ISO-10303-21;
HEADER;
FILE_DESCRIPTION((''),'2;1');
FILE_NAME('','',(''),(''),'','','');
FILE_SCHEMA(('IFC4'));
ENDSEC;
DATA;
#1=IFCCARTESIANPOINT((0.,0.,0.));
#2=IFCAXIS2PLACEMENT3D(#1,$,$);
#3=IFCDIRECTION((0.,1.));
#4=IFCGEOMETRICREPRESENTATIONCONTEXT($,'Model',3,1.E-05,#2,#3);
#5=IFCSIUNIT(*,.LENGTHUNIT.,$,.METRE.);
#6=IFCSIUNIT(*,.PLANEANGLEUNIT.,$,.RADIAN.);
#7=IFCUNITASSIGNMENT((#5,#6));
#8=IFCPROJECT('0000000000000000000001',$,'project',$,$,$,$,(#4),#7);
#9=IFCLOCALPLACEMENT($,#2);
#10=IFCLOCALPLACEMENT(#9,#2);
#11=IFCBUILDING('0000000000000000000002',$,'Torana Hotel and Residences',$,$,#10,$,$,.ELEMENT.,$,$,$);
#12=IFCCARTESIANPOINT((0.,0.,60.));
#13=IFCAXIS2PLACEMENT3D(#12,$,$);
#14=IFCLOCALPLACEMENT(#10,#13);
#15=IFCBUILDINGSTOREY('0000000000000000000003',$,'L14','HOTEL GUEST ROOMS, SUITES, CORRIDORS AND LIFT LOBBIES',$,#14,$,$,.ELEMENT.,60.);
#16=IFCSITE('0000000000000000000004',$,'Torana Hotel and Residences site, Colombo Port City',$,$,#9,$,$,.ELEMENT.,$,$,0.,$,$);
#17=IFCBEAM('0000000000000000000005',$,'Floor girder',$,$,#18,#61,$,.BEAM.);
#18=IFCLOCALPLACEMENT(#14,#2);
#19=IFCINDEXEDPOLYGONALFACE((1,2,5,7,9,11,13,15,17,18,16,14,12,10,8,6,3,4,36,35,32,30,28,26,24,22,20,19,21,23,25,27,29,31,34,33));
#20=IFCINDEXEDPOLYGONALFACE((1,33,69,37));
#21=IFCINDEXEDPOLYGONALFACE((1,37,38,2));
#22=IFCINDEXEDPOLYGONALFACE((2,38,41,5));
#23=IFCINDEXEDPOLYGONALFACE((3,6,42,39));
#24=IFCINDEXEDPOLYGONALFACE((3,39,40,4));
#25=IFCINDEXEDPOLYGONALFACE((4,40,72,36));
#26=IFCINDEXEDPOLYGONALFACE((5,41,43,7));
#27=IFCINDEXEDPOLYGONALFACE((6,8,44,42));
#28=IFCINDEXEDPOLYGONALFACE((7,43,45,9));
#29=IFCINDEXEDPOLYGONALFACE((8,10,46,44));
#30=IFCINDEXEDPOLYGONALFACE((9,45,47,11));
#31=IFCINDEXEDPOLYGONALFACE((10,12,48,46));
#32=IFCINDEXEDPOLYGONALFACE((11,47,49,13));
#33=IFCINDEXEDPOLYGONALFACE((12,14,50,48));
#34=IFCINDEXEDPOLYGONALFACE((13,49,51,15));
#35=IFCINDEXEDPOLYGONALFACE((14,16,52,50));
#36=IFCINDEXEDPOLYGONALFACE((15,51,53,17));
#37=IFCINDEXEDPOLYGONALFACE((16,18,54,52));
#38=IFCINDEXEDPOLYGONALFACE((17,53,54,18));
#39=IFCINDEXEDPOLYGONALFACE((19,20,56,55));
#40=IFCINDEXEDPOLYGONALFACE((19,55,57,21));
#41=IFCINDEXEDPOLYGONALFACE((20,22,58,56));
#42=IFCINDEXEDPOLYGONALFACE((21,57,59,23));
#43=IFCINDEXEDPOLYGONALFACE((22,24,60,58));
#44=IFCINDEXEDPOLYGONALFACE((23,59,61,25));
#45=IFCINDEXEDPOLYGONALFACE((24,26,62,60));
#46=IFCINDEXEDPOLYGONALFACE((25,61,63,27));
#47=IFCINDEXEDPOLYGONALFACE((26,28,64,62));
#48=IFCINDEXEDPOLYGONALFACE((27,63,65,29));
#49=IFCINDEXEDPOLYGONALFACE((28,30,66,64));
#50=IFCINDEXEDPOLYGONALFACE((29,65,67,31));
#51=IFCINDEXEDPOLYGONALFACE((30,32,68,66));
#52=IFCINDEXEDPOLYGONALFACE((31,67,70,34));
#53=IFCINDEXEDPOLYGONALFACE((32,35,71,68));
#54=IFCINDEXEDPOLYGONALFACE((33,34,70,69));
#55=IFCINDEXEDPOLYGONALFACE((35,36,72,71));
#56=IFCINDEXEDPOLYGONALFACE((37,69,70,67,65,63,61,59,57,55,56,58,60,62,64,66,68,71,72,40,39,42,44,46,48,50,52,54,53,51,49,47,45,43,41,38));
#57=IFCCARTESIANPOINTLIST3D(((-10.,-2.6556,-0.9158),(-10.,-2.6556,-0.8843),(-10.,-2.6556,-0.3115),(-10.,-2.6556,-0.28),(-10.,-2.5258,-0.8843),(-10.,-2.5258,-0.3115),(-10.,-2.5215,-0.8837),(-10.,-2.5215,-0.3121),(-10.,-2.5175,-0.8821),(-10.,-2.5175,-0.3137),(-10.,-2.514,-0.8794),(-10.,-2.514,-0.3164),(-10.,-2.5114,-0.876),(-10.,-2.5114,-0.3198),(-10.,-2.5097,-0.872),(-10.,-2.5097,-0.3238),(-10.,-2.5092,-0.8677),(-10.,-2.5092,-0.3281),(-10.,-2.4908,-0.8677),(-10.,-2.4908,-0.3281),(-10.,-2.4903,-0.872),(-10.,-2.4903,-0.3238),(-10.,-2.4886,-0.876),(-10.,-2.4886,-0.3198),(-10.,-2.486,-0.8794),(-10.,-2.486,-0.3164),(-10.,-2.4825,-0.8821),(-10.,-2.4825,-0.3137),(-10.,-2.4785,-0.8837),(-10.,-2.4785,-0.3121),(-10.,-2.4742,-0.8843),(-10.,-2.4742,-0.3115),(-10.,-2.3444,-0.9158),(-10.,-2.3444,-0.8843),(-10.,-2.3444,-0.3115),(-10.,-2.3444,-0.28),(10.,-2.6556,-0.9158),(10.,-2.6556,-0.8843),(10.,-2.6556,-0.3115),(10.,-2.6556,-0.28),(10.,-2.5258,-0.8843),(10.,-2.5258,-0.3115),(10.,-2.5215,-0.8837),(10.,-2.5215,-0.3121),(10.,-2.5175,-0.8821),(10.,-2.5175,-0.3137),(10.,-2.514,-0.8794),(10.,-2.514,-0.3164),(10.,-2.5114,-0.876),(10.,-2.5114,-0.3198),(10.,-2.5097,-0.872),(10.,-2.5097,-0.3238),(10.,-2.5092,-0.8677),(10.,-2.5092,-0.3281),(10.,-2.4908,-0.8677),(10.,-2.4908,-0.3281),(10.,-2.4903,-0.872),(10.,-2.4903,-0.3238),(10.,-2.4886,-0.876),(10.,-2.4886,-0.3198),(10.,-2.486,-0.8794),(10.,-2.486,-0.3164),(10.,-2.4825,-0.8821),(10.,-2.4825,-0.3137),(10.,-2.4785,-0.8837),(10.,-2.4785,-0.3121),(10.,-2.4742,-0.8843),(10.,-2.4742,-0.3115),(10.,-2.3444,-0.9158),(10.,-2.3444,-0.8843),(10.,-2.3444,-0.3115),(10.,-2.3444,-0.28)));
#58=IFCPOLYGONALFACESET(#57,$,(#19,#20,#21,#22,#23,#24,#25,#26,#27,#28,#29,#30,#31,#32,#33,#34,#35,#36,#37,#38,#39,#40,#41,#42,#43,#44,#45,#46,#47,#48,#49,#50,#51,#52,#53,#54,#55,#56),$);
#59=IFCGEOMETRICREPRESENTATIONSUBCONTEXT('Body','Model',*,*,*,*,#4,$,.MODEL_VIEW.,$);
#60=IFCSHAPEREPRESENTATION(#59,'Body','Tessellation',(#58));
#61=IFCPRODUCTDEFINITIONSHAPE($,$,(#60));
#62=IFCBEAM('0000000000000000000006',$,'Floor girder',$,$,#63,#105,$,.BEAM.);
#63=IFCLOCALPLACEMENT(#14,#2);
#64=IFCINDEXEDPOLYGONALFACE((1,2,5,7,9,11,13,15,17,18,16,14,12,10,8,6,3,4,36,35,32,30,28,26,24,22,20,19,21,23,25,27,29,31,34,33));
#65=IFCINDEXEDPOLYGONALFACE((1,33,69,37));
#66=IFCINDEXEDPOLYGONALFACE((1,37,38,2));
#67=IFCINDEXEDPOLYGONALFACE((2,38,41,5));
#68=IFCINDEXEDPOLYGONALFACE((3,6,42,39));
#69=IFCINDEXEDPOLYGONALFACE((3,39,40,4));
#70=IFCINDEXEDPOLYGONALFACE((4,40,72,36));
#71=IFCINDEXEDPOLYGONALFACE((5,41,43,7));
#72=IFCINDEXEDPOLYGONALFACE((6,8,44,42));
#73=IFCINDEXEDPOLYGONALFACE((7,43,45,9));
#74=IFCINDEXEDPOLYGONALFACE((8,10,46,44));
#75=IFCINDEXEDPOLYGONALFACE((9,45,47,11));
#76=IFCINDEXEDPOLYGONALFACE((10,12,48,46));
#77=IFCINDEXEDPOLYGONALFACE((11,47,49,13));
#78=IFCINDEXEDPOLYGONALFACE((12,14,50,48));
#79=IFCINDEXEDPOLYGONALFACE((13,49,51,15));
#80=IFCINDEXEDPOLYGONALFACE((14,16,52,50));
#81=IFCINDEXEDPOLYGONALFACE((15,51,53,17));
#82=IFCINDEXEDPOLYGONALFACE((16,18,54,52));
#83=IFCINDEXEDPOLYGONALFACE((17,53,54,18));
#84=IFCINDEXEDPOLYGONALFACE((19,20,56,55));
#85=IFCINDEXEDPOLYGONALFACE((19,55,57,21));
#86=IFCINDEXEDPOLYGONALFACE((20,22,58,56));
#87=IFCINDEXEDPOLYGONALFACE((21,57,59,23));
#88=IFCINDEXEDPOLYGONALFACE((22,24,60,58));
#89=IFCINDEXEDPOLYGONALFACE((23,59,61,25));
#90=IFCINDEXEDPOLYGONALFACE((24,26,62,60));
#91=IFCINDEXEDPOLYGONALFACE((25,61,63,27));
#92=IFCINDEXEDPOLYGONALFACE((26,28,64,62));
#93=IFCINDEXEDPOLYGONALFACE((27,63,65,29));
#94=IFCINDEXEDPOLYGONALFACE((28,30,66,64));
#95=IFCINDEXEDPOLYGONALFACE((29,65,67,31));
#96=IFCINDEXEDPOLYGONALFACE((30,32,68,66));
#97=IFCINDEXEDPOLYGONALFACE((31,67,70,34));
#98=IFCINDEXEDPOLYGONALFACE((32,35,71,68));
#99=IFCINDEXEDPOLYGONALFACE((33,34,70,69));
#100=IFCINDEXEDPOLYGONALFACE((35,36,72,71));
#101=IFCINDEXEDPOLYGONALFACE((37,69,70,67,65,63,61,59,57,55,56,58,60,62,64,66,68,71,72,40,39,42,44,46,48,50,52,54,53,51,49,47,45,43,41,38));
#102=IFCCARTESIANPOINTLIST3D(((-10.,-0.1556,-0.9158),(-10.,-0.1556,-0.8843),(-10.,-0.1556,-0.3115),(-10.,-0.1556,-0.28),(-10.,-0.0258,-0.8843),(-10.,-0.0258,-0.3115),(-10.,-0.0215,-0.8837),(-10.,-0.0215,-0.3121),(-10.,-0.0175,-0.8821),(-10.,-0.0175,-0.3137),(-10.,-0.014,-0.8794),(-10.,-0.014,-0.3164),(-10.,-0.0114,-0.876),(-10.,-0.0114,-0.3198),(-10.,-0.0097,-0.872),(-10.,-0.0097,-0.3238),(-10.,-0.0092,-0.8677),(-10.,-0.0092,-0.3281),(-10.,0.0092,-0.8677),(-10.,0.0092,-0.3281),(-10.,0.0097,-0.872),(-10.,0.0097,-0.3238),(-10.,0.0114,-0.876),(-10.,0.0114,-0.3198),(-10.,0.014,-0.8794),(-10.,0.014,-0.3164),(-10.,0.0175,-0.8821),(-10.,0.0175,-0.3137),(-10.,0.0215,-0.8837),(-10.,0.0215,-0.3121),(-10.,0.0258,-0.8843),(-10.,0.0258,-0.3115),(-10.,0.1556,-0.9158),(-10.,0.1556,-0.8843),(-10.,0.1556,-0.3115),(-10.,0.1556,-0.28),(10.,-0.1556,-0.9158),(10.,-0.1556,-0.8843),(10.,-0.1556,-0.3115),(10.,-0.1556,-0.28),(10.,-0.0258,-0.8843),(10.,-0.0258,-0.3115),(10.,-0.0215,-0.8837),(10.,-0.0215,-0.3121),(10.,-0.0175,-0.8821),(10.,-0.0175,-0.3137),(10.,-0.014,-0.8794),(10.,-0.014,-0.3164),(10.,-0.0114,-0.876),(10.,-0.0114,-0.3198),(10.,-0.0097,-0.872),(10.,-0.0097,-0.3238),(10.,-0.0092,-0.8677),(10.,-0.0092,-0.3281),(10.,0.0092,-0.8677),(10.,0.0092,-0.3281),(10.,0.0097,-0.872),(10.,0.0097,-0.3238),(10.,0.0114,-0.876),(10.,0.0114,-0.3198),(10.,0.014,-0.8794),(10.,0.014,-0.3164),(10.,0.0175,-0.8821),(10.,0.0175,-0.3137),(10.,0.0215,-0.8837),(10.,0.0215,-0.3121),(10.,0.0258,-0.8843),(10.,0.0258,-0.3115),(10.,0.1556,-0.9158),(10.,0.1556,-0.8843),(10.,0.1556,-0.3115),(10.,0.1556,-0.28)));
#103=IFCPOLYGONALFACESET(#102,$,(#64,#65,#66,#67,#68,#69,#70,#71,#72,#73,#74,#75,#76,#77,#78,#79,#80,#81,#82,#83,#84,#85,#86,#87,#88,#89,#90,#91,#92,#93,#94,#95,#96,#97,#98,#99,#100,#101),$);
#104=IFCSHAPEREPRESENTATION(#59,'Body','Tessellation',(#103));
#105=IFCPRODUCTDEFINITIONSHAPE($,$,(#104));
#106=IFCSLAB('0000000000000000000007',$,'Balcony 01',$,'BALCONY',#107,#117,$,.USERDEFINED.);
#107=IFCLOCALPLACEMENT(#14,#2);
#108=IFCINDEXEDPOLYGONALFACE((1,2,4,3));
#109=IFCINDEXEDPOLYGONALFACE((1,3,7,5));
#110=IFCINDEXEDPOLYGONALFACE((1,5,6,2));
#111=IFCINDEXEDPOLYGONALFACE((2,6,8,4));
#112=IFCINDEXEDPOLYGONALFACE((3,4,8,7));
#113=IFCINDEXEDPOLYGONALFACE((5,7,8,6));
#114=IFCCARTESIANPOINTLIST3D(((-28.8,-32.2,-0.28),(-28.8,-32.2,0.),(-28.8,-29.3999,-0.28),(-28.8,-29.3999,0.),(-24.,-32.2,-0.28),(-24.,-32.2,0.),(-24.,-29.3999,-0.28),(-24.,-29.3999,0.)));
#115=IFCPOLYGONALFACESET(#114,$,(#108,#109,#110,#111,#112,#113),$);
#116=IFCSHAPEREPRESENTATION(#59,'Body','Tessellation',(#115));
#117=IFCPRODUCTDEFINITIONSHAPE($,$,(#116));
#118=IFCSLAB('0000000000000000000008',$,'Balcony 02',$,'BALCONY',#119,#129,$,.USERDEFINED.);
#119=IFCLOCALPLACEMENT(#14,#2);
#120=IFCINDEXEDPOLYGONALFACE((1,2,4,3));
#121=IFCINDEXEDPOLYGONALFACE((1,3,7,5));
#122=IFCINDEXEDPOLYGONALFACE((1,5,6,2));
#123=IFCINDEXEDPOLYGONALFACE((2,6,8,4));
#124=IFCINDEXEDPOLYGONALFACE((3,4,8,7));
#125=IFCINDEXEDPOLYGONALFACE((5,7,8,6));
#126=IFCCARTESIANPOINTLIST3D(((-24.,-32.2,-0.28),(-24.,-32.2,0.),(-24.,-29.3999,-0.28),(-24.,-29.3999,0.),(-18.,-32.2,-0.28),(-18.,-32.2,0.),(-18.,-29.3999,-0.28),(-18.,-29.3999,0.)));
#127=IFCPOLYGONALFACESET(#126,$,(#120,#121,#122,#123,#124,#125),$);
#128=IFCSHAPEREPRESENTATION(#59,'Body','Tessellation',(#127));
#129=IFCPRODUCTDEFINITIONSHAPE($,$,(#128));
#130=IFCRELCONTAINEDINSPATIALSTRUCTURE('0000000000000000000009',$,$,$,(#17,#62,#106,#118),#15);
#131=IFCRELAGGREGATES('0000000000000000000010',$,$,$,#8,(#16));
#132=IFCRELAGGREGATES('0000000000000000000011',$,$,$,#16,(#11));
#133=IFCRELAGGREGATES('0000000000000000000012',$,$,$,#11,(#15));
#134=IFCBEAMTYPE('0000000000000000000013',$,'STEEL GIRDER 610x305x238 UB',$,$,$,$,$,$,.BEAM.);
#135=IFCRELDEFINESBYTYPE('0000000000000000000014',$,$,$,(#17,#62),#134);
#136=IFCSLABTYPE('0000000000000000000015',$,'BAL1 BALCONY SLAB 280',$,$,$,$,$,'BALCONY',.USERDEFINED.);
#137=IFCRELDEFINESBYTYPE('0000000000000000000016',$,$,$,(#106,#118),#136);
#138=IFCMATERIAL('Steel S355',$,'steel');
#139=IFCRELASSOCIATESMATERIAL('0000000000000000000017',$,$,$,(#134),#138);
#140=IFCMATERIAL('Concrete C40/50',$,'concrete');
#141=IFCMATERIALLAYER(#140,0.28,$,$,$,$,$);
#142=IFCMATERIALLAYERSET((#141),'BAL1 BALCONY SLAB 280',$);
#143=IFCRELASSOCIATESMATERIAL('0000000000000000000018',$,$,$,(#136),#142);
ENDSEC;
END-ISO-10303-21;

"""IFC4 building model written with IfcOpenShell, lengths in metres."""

from ifc_helpers import new_model, si_unit, direction, frame, origin, origin_2d, place, context, subcontext, project, spatial, polyline, i_section, outline, extrude, material, layer, layer_set, material_profile, profile_set, type_object, element, save


model = new_model("IFC4")

# Units and contexts
model_context = context("Model", 3, precision=1e-05, world=origin(), true_north=direction((0.0, 1.0)))
body_context = subcontext(model_context, "Body", "Model", "MODEL_VIEW")
ifc_project = project(units=[si_unit("LENGTHUNIT", "METRE"), si_unit("PLANEANGLEUNIT", "RADIAN")], contexts=[model_context])

# Site, building, storey
site_placement = place(None, origin())
site = spatial("IfcSite", under=ifc_project, at=site_placement, Name="Torana Hotel and Residences site, Colombo Port City", CompositionType="ELEMENT", RefElevation=0.0)
building_placement = place(site_placement, origin())
building = spatial("IfcBuilding", under=site, at=building_placement, Name="Torana Hotel and Residences", CompositionType="ELEMENT")
storey_placement = place(building_placement, frame((0.0, 0.0, 60.0)))
storey = spatial("IfcBuildingStorey", under=building, at=storey_placement, Name="L14", Description="HOTEL GUEST ROOMS, SUITES, CORRIDORS AND LIFT LOBBIES", CompositionType="ELEMENT", Elevation=60.0)

# Beams
ifc_material_1 = material(Name="Steel S355", Category="steel")
ifc_material_profile = material_profile(ifc_material_1, i_section(OverallWidth=0.3113, OverallDepth=0.6357, WebThickness=0.0183, FlangeThickness=0.0315, FilletRadius=0.0166, at=origin_2d()), Name="610x305x238 UB")
ifc_profile_set = profile_set([ifc_material_profile], Name="Steel S355")
beam_type = type_object("IfcBeamType", Name="STEEL GIRDER 610x305x238 UB", PredefinedType="BEAM", material=ifc_profile_set)
for number, where, z_axis, x_axis, name in (
    (1, (-10.0, -2.5, -0.5979), (1.0, 0.0, 0.0), (0.0, 1.0, 0.0), "Floor girder"),
    (2, (-10.0, 0.0, -0.5979), (1.0, 0.0, 0.0), (0.0, 1.0, 0.0), "Floor girder"),
):
    element("IfcBeam", number, at=place(storey_placement, frame(where, z_axis=z_axis, x_axis=x_axis)), inside=storey, type_object=beam_type, Name=name, PredefinedType="BEAM", context=body_context, shape_type="SweptSolid", body=[
        extrude(i_section(OverallWidth=0.3113, OverallDepth=0.6357, WebThickness=0.0183, FlangeThickness=0.0315, FilletRadius=0.0166, at=origin_2d()), origin(), (0.0, 0.0, 1.0), 20.0),
    ])

# Slabs
ifc_material_2 = material(Name="Concrete C40/50", Category="concrete")
ifc_layer_1 = layer(ifc_material_2, 0.28)
ifc_layer_set_1 = layer_set([ifc_layer_1], Name="BAL1 BALCONY SLAB 280")
slab_type_1 = type_object("IfcSlabType", Name="BAL1 BALCONY SLAB 280", ElementType="BALCONY", PredefinedType="USERDEFINED", material=ifc_layer_set_1)
slab_1_placement = place(storey_placement, frame((0.0, 0.0, -0.28)))
element("IfcSlab", 3, at=slab_1_placement, inside=storey, type_object=slab_type_1, Name="Balcony 01", ObjectType="BALCONY", PredefinedType="USERDEFINED", context=body_context, shape_type="SweptSolid", body=[
    extrude(outline(polyline([(-28.8, -32.2), (-24.0, -32.2), (-24.0, -29.3999), (-28.8, -29.3999), (-28.8, -32.2)])), origin(), (0.0, 0.0, 1.0), 0.28),
])
slab_2_placement = place(storey_placement, frame((0.0, 0.0, -0.28)))
element("IfcSlab", 4, at=slab_2_placement, inside=storey, type_object=slab_type_1, Name="Balcony 02", ObjectType="BALCONY", PredefinedType="USERDEFINED", context=body_context, shape_type="SweptSolid", body=[
    extrude(outline(polyline([(-24.0, -32.2), (-18.0, -32.2), (-18.0, -29.3999), (-24.0, -29.3999), (-24.0, -32.2)])), origin(), (0.0, 0.0, 1.0), 0.28),
])

save(model, "model.ifc")
